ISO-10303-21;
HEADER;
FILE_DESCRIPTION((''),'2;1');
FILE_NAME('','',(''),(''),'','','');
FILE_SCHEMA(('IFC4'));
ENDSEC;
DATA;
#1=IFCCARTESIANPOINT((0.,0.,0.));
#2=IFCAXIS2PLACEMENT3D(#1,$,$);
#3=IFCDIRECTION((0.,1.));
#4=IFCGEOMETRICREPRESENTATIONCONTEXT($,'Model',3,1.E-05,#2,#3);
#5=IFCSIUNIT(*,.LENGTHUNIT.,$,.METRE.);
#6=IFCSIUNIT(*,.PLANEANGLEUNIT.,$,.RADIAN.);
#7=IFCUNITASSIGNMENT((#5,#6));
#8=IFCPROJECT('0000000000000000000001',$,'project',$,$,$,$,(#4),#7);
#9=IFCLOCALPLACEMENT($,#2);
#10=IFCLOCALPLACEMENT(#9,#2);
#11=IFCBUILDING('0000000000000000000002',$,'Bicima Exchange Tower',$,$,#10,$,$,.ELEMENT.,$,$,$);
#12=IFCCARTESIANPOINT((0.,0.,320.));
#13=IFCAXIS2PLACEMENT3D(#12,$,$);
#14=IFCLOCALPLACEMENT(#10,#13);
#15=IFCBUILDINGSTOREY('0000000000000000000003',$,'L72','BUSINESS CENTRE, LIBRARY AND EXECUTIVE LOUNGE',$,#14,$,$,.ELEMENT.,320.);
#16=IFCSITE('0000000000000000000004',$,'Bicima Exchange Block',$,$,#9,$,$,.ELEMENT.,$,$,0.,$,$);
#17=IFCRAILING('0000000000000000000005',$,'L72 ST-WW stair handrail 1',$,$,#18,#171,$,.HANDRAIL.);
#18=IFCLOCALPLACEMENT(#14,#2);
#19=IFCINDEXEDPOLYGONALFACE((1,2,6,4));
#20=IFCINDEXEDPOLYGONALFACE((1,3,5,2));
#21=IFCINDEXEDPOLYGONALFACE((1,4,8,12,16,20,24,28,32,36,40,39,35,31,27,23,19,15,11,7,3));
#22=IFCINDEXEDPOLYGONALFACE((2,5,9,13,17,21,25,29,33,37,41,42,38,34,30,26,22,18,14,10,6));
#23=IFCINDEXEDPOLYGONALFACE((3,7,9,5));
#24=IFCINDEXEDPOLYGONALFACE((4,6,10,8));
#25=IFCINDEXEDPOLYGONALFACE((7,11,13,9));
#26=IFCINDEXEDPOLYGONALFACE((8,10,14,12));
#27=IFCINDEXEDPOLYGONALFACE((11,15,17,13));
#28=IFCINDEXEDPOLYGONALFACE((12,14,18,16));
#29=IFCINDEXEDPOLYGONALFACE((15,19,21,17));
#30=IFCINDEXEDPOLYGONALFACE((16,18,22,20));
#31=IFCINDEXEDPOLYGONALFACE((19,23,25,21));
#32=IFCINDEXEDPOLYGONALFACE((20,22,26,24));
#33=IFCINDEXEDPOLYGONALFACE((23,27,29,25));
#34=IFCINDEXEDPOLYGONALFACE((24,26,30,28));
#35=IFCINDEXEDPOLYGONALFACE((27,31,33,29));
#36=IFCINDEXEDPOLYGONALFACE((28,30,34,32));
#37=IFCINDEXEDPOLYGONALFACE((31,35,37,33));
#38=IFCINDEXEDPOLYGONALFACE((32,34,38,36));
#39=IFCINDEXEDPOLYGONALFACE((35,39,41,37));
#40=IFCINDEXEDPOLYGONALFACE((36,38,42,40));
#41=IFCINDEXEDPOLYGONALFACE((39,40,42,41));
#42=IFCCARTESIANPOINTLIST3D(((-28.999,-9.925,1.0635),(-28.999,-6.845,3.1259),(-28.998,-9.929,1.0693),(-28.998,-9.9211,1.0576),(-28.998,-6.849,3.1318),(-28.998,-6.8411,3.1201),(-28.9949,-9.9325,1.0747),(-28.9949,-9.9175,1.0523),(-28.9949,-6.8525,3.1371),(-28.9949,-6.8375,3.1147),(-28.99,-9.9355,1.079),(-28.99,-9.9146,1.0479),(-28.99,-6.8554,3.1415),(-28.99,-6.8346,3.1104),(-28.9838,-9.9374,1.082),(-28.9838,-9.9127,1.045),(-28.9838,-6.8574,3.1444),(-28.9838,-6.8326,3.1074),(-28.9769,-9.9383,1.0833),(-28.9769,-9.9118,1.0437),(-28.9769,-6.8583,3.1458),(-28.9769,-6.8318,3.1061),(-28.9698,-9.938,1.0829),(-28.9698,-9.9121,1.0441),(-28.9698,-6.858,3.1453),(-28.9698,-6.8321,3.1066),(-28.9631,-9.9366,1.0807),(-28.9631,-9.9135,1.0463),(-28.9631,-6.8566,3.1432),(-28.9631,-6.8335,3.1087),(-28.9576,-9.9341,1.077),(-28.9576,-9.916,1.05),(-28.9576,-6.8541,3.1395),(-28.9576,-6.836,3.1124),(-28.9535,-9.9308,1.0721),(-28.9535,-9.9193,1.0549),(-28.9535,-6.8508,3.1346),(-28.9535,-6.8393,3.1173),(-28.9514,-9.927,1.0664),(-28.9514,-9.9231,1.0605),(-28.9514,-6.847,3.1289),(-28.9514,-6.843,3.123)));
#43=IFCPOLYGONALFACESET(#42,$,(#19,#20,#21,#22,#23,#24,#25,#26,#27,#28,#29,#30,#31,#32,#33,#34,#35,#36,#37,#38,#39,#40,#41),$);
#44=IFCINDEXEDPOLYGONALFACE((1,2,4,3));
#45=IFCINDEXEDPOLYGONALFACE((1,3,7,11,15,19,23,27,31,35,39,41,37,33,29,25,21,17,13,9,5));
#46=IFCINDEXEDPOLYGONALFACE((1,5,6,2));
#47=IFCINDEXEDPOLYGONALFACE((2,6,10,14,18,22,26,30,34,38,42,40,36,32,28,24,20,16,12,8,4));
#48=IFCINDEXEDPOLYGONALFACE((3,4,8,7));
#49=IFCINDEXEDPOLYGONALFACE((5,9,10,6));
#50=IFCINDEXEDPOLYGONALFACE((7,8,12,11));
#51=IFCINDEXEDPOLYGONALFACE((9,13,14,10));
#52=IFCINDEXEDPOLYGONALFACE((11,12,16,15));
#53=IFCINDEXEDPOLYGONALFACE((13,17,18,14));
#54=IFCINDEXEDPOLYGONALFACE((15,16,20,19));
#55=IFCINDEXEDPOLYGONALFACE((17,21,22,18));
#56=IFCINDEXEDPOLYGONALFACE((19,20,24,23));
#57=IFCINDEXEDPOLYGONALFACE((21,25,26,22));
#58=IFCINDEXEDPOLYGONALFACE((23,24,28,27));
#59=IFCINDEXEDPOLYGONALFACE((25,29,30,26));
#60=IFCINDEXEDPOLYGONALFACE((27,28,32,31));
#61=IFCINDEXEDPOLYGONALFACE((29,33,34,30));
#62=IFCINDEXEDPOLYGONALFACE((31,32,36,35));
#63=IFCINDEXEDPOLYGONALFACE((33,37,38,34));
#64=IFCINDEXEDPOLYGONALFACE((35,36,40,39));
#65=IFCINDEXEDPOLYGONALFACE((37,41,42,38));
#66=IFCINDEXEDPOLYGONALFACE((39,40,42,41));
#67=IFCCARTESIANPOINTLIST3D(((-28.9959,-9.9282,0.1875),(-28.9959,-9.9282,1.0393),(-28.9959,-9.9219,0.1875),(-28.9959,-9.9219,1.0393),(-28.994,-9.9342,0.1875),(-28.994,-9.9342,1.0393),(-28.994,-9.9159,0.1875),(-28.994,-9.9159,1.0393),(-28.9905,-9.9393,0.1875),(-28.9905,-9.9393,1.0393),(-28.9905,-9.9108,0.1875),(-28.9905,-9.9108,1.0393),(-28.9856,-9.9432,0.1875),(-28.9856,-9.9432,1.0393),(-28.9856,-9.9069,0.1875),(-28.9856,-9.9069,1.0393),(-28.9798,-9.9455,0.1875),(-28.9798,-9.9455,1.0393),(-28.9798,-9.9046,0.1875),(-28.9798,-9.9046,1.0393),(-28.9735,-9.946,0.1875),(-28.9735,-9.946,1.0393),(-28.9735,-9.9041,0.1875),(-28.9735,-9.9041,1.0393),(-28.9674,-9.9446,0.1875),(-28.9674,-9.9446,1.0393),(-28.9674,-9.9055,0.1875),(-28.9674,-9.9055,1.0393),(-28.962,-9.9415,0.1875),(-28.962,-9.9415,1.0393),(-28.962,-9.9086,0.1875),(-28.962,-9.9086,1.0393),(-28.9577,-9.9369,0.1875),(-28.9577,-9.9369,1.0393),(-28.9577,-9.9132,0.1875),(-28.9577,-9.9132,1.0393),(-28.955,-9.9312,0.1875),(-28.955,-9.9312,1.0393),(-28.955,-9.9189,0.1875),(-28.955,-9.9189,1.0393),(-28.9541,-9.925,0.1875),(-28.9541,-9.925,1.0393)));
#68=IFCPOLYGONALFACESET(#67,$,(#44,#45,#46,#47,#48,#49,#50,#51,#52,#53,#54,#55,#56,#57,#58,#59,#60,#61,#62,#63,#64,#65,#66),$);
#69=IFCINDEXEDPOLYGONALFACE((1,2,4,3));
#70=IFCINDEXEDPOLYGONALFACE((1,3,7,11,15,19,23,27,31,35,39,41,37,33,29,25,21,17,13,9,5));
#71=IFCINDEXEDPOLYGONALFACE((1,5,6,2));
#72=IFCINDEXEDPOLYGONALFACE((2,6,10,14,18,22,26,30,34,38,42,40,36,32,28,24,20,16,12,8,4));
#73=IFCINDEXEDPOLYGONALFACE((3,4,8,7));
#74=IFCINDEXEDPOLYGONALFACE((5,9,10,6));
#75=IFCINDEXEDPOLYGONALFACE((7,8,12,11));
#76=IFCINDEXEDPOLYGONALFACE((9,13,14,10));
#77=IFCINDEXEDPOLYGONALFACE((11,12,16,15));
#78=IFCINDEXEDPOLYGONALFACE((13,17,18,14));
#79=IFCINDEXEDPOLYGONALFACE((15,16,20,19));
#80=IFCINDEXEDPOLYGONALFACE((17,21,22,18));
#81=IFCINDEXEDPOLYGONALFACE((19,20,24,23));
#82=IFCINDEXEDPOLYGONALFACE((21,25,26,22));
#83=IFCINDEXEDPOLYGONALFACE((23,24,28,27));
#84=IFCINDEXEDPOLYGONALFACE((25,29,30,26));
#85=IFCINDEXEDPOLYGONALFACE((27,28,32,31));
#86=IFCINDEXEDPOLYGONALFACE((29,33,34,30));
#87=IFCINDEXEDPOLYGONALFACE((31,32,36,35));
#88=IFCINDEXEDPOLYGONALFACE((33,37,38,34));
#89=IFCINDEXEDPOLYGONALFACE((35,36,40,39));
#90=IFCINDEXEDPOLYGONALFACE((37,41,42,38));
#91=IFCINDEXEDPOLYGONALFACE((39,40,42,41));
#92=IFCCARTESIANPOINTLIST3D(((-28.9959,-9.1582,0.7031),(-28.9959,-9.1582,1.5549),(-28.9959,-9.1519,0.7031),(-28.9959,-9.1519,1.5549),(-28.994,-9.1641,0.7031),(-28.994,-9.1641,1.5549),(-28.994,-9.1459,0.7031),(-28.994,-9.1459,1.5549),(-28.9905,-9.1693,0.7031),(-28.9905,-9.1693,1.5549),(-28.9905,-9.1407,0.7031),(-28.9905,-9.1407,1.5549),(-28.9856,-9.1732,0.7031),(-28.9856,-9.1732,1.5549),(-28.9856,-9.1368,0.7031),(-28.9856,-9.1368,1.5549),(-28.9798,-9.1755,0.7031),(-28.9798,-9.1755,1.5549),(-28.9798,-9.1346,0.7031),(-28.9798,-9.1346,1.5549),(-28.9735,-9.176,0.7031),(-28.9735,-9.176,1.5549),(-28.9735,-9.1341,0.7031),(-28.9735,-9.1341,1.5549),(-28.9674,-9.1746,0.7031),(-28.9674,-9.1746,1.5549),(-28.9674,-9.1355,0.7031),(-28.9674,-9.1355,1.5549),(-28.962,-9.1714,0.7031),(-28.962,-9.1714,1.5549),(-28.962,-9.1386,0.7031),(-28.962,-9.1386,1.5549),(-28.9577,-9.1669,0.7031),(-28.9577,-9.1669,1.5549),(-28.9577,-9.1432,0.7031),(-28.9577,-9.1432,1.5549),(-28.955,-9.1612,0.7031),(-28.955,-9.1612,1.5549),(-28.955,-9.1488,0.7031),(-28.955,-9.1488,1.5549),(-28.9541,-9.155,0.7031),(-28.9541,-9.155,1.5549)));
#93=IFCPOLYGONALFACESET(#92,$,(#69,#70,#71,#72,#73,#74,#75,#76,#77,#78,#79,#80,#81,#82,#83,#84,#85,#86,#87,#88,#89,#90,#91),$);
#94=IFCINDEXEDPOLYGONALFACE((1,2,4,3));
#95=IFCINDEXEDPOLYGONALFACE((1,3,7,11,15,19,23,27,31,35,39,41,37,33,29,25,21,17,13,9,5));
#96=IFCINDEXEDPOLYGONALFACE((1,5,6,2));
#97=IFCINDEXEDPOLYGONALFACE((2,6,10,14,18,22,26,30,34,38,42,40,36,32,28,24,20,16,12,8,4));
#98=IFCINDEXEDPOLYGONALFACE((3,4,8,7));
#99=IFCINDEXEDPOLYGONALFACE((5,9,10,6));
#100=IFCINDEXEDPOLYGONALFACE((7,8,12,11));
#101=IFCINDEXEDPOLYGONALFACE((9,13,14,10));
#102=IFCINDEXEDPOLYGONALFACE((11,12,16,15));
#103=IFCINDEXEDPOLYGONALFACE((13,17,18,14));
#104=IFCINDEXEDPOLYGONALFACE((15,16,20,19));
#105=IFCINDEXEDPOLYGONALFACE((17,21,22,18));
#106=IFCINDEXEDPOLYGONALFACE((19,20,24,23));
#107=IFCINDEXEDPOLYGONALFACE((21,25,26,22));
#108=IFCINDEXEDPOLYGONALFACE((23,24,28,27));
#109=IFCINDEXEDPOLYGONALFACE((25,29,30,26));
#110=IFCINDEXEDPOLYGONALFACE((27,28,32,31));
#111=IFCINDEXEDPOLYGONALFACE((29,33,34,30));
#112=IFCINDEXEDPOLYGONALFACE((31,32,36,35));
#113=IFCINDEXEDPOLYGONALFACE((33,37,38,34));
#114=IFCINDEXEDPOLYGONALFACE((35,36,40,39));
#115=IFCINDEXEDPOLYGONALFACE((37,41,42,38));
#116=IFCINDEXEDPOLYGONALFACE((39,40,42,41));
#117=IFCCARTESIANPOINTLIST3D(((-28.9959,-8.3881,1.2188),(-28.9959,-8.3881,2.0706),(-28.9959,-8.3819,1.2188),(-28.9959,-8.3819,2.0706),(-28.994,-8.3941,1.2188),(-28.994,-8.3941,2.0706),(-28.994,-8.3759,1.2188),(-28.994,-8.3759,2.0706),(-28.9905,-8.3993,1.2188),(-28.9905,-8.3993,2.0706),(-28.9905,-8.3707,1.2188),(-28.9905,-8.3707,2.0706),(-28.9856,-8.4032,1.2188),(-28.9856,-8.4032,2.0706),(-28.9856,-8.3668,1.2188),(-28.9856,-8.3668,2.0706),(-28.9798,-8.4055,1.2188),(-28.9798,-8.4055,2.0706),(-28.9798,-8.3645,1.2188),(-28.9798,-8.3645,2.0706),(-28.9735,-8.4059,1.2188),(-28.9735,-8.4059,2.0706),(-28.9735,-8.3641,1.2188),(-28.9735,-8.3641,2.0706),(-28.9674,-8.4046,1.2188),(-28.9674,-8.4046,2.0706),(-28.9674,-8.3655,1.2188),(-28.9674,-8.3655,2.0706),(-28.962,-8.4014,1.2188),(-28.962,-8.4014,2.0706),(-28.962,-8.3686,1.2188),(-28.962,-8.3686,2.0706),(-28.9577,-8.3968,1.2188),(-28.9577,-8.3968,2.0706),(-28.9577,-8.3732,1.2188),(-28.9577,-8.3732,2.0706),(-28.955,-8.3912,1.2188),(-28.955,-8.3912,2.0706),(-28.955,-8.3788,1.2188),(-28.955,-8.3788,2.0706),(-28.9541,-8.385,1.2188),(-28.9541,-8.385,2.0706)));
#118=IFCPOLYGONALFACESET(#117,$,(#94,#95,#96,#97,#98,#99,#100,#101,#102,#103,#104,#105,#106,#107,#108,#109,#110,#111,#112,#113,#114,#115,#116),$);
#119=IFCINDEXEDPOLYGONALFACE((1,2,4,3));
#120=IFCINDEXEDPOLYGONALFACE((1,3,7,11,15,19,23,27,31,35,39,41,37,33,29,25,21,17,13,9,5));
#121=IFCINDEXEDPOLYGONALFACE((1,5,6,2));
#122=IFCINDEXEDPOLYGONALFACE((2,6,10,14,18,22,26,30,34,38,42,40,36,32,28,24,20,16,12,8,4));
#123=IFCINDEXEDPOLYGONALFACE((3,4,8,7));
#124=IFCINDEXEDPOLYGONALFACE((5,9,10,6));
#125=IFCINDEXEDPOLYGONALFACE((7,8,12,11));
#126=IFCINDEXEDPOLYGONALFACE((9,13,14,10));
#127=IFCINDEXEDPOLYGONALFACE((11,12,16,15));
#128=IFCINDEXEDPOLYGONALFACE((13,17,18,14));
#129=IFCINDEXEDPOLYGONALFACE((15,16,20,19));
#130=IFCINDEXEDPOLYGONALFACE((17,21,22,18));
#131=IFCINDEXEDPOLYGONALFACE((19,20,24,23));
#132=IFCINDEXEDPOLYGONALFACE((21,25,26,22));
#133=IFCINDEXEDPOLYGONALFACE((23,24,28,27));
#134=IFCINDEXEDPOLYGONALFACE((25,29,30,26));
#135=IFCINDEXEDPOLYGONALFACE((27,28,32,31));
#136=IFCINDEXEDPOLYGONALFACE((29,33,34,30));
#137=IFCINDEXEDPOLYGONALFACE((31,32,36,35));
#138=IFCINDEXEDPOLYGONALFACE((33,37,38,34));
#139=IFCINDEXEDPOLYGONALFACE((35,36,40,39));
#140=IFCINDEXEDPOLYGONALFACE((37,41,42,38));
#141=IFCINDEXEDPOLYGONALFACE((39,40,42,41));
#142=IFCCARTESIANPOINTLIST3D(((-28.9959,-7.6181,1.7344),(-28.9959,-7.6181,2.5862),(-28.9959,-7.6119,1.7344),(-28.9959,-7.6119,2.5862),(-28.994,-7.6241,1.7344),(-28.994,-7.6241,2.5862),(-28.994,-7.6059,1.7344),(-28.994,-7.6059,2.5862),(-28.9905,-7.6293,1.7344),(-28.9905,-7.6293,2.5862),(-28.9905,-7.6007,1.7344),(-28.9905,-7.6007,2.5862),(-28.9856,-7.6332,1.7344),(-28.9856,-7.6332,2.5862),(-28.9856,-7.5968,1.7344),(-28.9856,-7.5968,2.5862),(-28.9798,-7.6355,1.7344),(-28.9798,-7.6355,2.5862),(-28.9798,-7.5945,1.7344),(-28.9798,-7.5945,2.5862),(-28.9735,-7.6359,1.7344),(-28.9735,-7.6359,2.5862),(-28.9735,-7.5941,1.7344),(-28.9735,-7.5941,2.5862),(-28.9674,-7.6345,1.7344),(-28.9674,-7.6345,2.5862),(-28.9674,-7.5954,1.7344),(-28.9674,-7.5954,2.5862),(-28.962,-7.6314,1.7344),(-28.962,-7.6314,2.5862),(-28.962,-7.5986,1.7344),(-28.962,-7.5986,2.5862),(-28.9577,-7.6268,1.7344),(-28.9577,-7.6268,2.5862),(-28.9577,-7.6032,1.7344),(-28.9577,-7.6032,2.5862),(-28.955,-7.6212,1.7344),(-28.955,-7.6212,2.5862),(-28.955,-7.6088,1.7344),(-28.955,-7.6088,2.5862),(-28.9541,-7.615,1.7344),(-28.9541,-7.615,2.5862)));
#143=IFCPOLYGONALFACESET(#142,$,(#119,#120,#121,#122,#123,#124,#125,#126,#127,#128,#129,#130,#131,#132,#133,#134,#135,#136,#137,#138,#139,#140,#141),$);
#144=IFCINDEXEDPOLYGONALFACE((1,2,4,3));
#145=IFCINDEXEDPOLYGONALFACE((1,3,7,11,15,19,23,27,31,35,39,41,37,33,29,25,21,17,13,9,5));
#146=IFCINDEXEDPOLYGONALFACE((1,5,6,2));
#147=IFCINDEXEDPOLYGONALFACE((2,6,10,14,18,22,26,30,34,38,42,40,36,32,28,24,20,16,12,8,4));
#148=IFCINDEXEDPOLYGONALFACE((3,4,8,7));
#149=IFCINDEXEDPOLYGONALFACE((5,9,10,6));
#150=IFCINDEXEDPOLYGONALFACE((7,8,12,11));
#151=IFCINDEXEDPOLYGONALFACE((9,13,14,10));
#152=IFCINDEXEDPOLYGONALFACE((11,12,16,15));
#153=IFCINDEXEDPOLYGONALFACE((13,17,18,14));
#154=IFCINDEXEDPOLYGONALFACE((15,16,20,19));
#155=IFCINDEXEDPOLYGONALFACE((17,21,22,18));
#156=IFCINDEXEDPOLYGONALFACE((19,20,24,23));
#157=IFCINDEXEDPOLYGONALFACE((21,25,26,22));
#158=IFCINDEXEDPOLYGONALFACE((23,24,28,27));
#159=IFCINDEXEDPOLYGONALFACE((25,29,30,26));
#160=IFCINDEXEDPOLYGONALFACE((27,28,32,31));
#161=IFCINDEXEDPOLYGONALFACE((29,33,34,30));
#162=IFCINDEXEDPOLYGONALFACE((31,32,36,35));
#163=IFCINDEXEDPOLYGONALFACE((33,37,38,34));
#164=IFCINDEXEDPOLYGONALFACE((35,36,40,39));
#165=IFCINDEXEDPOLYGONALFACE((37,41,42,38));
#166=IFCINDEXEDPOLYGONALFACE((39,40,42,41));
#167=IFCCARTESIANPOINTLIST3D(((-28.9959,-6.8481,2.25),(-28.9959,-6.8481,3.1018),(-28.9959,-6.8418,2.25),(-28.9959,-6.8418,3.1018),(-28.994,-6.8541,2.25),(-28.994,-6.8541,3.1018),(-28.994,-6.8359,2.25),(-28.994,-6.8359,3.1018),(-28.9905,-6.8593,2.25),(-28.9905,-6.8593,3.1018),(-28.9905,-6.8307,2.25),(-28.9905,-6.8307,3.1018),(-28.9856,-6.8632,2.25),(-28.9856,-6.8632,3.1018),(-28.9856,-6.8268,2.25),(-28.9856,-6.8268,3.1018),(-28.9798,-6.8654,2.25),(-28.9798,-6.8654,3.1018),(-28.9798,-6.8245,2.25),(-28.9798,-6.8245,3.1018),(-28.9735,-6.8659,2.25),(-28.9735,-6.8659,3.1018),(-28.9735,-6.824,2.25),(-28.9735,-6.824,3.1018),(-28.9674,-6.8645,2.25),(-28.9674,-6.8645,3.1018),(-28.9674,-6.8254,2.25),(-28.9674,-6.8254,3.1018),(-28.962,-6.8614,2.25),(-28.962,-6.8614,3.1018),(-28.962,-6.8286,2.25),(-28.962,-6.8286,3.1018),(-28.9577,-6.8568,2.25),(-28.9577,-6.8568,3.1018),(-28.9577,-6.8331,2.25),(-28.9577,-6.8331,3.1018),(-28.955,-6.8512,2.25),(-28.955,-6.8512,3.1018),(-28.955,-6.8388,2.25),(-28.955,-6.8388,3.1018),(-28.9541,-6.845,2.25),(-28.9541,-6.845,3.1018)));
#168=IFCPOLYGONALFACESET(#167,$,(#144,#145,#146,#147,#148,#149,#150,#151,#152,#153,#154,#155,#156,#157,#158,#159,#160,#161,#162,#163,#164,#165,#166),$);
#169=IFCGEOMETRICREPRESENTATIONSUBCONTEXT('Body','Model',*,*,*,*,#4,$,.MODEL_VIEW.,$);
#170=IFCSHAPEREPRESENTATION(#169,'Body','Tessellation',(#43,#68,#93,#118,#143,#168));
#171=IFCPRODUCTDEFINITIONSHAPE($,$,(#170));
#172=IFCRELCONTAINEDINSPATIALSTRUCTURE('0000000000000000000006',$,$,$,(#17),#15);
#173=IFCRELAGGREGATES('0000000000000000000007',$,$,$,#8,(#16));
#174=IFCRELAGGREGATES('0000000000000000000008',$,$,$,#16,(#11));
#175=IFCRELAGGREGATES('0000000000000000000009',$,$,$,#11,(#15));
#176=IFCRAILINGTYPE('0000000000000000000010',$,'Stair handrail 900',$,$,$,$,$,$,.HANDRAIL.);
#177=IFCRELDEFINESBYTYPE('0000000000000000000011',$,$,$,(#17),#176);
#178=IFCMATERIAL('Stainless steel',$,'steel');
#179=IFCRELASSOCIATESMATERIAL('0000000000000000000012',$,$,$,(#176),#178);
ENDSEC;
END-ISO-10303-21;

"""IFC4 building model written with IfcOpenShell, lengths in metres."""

from ifc_helpers import new_model, si_unit, direction, frame, origin, origin_2d, place, context, subcontext, project, spatial, circle, extrude, material, type_object, element, save


model = new_model("IFC4")

# Units and contexts
model_context = context("Model", 3, precision=1e-05, world=origin(), true_north=direction((0.0, 1.0)))
body_context = subcontext(model_context, "Body", "Model", "MODEL_VIEW")
ifc_project = project(units=[si_unit("LENGTHUNIT", "METRE"), si_unit("PLANEANGLEUNIT", "RADIAN")], contexts=[model_context])

# Site, building, storey
site_placement = place(None, origin())
site = spatial("IfcSite", under=ifc_project, at=site_placement, Name="Bicima Exchange Block", CompositionType="ELEMENT", RefElevation=0.0)
building_placement = place(site_placement, origin())
building = spatial("IfcBuilding", under=site, at=building_placement, Name="Bicima Exchange Tower", CompositionType="ELEMENT")
storey_placement = place(building_placement, frame((0.0, 0.0, 320.0)))
storey = spatial("IfcBuildingStorey", under=building, at=storey_placement, Name="L72", Description="BUSINESS CENTRE, LIBRARY AND EXECUTIVE LOUNGE", CompositionType="ELEMENT", Elevation=320.0)

# Railing
ifc_material_1 = material(Name="Stainless steel", Category="steel")
railing_type_1 = type_object("IfcRailingType", Name="Stair handrail 900", PredefinedType="HANDRAIL", material=ifc_material_1)
railing_1_placement = place(storey_placement, frame((-28.9751, -9.925, 0.1875)))
element("IfcRailing", 1, at=railing_1_placement, inside=storey, type_object=railing_type_1, Name="L72 ST-WW stair handrail 1", PredefinedType="HANDRAIL", context=body_context, shape_type="SweptSolid", body=[
    extrude(circle(Radius=0.0239, at=origin_2d()), frame((0.0, 0.0, 0.876), z_axis=(0.0, 0.830914, 0.556401), x_axis=(-1.0, 0.0, 0.0)), (0.0, 0.0, 1.0), 3.7068),
    extrude(circle(Radius=0.021, at=origin_2d()), origin(), (0.0, 0.0, 1.0), 0.8518),
    extrude(circle(Radius=0.021, at=origin_2d()), frame((0.0, 0.77, 0.5156)), (0.0, 0.0, 1.0), 0.8518),
    extrude(circle(Radius=0.021, at=origin_2d()), frame((0.0, 1.54, 1.0312)), (0.0, 0.0, 1.0), 0.8518),
    extrude(circle(Radius=0.021, at=origin_2d()), frame((0.0, 2.3101, 1.5469)), (0.0, 0.0, 1.0), 0.8518),
    extrude(circle(Radius=0.021, at=origin_2d()), frame((0.0, 3.0801, 2.0625)), (0.0, 0.0, 1.0), 0.8518),
])

save(model, "model.ifc")
